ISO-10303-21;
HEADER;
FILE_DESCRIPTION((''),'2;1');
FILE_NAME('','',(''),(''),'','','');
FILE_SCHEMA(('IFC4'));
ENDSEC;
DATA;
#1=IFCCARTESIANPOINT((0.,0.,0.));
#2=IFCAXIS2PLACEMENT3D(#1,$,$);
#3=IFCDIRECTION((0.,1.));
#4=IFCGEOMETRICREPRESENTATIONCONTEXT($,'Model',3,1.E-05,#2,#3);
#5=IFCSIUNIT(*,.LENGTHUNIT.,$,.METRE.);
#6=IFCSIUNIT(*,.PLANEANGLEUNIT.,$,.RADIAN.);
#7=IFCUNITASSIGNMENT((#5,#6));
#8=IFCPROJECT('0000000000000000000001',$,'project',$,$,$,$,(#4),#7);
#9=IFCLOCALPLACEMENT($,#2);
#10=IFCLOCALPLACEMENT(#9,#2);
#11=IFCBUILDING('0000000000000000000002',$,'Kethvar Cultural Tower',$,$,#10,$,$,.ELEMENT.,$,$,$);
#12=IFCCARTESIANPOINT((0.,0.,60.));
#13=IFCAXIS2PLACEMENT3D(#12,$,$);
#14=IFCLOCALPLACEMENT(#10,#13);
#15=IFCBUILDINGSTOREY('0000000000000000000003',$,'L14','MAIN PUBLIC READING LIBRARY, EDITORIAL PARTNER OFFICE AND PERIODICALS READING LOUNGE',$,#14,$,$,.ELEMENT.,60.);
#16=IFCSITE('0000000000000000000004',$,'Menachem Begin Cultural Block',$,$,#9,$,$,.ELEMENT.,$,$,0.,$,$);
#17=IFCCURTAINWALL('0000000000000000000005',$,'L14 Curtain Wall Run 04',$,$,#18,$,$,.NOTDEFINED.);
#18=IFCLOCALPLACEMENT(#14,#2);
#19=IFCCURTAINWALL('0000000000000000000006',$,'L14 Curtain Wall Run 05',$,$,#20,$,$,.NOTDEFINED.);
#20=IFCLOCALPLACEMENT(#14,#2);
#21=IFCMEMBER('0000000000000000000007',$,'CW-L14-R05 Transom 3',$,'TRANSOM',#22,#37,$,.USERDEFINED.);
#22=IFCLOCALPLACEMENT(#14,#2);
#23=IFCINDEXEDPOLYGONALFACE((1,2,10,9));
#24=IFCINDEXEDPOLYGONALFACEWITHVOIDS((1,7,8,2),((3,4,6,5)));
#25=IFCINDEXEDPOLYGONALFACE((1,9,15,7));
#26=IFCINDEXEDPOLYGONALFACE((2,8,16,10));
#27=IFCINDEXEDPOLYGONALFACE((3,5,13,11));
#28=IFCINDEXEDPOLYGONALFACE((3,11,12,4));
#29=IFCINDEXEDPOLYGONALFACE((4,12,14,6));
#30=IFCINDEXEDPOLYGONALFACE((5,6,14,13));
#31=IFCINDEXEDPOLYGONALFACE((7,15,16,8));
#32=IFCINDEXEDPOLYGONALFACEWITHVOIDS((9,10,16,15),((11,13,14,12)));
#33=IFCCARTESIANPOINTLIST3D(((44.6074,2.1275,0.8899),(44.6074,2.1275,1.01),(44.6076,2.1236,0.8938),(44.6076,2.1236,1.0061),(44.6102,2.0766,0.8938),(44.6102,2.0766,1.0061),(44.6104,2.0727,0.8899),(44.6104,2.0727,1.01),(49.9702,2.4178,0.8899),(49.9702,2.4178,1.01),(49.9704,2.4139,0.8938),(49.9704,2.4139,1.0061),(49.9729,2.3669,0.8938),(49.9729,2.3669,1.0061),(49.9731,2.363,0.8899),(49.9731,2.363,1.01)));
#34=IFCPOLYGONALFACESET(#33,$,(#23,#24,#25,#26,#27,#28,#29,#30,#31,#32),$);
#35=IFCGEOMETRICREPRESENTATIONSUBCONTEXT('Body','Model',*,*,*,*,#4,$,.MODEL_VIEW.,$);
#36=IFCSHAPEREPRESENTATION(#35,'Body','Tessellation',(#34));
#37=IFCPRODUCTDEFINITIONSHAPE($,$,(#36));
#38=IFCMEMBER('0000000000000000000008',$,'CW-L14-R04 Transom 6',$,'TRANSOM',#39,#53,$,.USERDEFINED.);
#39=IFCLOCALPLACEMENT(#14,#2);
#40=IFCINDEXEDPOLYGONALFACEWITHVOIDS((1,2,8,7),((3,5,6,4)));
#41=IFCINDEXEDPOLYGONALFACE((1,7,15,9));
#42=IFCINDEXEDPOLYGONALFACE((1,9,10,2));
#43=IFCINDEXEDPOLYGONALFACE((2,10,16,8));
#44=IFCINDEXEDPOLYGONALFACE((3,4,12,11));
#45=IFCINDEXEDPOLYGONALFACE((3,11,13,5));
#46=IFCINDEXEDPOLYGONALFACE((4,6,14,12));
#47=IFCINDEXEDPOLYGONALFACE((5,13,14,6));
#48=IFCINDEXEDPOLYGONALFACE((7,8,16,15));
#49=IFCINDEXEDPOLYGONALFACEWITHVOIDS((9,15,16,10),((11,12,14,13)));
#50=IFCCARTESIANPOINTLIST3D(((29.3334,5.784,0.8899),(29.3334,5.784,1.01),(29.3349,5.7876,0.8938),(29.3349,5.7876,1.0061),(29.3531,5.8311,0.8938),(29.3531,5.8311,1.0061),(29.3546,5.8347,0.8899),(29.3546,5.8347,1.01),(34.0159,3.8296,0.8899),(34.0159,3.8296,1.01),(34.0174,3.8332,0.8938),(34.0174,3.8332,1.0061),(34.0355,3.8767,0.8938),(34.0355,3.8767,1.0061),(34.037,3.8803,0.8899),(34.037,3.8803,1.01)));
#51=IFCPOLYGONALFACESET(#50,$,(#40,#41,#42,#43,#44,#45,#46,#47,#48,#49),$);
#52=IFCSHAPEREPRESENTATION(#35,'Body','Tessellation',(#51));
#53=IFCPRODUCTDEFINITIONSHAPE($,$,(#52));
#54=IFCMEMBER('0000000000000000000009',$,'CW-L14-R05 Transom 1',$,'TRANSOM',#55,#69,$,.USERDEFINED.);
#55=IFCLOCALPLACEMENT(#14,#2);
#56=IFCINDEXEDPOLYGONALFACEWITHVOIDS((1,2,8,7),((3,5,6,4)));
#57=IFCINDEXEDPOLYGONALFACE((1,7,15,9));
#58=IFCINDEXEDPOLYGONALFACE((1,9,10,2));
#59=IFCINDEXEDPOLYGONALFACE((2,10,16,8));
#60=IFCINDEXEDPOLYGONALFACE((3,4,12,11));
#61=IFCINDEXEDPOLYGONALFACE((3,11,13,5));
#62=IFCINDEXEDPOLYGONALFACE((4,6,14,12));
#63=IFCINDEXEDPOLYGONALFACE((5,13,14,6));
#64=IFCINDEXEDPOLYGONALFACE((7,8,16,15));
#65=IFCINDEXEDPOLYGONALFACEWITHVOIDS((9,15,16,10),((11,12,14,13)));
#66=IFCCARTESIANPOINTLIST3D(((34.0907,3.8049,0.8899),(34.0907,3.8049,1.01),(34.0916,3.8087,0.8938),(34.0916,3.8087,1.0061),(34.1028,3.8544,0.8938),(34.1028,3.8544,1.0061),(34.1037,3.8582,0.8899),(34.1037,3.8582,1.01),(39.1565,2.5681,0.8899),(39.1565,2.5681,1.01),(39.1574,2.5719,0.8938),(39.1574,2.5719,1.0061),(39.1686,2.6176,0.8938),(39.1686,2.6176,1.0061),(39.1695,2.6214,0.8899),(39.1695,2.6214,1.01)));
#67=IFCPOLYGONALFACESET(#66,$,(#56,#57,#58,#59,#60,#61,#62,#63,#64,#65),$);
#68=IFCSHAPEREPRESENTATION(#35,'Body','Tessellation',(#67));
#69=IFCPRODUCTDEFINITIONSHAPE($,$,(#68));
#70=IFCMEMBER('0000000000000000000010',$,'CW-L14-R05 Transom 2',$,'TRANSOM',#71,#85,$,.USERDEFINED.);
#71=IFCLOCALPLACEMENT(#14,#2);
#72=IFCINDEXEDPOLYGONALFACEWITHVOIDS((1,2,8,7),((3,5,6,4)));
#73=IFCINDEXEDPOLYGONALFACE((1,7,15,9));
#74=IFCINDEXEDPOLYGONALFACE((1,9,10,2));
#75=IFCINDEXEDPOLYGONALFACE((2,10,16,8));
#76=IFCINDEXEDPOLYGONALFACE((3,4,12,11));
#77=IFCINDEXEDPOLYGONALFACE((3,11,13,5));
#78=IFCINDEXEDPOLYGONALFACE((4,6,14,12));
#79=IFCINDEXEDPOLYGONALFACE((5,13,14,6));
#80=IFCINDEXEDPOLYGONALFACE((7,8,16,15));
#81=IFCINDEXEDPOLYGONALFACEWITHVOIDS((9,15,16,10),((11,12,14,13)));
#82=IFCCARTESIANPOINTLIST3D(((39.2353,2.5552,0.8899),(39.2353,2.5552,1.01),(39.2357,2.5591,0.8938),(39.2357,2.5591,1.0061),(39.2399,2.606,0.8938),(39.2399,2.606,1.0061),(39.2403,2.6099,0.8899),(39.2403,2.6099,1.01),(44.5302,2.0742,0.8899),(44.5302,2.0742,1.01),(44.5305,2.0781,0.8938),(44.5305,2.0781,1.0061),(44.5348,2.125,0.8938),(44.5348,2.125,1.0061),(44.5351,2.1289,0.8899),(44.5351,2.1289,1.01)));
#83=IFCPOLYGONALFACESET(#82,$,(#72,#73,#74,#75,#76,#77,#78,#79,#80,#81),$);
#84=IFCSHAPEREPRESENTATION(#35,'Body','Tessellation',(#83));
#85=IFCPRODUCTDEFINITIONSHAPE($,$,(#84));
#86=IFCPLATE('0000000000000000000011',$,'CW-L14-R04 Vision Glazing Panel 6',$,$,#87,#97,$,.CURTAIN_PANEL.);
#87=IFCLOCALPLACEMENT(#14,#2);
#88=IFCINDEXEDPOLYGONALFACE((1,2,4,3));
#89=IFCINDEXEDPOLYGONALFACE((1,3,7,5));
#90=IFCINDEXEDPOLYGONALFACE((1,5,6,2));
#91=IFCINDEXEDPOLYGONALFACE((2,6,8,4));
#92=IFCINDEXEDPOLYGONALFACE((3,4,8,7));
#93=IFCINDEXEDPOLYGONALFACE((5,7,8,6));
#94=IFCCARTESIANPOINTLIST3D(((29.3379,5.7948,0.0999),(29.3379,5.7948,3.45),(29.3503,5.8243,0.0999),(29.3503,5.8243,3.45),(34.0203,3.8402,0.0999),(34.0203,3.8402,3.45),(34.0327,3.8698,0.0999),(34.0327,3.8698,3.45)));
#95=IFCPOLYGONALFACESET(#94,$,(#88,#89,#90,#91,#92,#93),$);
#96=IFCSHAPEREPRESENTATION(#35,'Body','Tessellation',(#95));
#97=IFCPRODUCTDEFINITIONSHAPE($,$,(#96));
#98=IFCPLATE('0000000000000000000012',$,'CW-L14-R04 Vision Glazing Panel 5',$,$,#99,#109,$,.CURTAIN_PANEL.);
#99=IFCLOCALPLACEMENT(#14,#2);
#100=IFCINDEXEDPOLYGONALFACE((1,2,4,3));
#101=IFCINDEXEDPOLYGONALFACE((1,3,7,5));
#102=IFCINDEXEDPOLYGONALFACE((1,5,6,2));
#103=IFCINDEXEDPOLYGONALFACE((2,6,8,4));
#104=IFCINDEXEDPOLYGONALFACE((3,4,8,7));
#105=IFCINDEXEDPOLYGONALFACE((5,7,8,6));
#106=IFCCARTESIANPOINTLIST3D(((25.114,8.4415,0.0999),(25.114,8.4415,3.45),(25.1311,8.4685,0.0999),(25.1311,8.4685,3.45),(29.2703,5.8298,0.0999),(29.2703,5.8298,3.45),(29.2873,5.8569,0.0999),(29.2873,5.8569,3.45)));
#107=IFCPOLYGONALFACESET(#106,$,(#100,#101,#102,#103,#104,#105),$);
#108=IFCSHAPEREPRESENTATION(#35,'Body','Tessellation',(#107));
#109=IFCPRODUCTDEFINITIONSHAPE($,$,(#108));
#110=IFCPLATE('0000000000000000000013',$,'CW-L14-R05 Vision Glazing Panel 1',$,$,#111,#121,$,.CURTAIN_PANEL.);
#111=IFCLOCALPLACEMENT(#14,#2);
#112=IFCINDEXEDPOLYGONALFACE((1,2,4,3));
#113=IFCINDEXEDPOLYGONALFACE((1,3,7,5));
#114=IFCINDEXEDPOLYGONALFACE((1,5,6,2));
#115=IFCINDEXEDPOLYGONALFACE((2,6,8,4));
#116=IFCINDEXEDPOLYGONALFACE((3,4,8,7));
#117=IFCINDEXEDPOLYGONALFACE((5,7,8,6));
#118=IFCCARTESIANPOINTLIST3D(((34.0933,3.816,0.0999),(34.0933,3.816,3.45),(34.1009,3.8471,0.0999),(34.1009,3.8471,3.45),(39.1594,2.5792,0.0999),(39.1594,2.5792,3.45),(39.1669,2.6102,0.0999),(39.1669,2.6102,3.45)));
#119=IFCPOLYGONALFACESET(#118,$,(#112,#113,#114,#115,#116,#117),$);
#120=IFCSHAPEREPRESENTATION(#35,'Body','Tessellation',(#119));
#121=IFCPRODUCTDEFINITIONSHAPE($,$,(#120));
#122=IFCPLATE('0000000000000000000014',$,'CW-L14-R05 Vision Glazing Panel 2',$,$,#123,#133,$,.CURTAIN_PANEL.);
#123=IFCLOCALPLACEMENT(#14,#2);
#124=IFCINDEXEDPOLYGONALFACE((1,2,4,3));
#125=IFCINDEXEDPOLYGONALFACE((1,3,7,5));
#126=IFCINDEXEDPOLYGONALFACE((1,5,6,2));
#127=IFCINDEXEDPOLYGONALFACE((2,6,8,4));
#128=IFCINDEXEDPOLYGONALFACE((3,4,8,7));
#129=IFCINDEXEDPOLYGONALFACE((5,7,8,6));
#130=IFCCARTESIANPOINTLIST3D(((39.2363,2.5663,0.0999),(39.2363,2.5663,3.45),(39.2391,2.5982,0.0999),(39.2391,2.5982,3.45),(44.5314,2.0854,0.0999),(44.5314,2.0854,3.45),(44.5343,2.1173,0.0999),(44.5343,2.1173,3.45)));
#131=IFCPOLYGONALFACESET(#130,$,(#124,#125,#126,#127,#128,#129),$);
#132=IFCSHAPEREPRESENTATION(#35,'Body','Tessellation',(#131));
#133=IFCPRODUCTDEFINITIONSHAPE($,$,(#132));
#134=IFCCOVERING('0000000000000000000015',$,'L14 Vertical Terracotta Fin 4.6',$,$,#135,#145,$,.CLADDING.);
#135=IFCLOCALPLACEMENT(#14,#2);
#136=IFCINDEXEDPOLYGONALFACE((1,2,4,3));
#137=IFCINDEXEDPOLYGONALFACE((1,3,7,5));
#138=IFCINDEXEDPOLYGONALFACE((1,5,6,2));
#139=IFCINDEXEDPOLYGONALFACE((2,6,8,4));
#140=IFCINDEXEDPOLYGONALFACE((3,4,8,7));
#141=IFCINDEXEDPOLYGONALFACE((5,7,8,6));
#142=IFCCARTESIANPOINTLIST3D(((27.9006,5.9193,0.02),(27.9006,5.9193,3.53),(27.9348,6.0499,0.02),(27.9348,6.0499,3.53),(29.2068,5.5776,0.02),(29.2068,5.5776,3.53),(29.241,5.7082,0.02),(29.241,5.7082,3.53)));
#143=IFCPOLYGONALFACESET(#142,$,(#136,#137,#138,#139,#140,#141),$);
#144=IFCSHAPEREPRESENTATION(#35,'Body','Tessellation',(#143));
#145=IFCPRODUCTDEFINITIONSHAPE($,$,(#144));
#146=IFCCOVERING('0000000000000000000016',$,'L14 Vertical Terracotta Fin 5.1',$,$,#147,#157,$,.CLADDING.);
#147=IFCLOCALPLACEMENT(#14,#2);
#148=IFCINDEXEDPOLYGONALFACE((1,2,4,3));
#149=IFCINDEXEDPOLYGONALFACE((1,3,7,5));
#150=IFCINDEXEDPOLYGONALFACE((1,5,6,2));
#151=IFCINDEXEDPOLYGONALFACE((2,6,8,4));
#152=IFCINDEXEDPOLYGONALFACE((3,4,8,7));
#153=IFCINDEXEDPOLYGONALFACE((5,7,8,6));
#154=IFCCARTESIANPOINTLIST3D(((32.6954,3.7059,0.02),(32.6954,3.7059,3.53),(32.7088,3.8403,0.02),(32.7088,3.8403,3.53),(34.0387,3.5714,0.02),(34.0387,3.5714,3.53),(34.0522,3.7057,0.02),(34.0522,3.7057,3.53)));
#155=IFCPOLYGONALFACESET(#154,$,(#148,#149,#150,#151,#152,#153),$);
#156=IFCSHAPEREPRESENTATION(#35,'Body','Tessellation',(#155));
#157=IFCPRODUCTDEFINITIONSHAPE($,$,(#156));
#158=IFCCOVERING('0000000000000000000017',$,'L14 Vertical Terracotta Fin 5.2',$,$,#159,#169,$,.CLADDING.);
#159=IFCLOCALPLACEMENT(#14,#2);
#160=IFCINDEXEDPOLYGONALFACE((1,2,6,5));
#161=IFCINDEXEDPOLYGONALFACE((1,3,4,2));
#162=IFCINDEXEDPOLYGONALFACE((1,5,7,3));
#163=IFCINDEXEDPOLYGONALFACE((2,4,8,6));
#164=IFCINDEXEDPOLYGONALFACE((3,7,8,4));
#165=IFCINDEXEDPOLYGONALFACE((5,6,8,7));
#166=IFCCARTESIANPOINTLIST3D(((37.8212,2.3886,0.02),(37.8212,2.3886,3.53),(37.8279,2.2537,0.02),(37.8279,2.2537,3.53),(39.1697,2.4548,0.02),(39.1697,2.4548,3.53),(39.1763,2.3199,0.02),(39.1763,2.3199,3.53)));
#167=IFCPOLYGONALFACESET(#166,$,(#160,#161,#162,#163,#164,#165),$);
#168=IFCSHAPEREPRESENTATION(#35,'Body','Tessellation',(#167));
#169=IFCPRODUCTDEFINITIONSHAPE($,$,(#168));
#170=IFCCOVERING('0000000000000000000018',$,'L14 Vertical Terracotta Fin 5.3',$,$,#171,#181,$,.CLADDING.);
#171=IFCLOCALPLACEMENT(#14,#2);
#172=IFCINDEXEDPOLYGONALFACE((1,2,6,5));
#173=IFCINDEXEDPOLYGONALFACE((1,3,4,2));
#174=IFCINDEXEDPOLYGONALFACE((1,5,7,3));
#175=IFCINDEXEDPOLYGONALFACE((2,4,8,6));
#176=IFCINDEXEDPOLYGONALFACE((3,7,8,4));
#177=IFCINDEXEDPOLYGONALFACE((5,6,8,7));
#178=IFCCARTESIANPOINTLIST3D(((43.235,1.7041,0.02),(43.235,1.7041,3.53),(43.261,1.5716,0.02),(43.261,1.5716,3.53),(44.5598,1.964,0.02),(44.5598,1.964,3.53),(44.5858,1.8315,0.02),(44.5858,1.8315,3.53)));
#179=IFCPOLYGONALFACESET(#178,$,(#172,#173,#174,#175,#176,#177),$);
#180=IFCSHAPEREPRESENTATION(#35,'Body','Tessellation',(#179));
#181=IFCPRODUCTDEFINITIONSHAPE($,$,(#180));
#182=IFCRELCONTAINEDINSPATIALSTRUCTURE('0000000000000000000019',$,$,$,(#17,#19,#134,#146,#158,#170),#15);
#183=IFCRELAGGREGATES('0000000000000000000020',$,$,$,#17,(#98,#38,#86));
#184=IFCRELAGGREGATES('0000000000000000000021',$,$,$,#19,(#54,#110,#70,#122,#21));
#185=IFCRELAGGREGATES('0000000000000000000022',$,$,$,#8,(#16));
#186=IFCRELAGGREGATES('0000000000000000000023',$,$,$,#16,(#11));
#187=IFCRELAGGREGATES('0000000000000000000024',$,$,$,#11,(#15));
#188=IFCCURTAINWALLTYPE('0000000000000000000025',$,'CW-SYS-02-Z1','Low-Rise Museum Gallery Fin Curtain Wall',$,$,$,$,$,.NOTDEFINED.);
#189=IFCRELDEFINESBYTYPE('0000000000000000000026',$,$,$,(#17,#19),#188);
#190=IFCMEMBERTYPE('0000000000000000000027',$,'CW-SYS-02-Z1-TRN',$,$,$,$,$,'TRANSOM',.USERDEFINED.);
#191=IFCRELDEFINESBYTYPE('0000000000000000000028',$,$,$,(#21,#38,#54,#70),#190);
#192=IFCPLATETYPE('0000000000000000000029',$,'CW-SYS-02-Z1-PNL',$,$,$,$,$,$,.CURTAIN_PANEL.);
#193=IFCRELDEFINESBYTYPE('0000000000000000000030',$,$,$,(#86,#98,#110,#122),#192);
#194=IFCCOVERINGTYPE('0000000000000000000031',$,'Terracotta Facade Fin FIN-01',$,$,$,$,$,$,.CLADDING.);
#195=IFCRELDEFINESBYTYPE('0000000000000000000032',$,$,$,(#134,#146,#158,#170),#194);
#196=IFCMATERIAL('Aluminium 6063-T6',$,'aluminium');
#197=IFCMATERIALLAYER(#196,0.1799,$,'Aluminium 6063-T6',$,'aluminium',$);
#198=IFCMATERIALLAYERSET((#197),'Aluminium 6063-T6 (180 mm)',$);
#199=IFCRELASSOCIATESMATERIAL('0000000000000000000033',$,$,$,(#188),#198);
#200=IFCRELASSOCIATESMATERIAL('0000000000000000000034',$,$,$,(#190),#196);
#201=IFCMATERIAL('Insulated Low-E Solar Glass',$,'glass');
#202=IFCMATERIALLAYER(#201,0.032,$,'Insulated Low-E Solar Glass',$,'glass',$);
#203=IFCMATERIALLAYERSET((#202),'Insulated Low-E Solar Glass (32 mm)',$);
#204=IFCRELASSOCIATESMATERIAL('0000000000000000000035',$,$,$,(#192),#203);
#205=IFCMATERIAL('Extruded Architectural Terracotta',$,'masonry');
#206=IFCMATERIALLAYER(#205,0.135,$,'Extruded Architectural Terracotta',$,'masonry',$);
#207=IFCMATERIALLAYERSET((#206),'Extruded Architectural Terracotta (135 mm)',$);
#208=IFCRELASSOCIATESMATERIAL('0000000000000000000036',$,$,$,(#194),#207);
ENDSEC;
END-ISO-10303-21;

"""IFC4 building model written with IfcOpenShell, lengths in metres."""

from ifc_helpers import new_model, si_unit, direction, frame, origin, origin_2d, place, context, subcontext, project, spatial, rectangle, hollow_rectangle, extrude, source, transform, mapped, material, layer, layer_set, material_profile, profile_set, type_object, element, aggregate, save


model = new_model("IFC4")

# Units and contexts
model_context = context("Model", 3, precision=1e-05, world=origin(), true_north=direction((0.0, 1.0)))
body_context = subcontext(model_context, "Body", "Model", "MODEL_VIEW")
ifc_project = project(units=[si_unit("LENGTHUNIT", "METRE"), si_unit("PLANEANGLEUNIT", "RADIAN")], contexts=[model_context])

# Site, building, storey
site_placement = place(None, origin())
site = spatial("IfcSite", under=ifc_project, at=site_placement, Name="Menachem Begin Cultural Block", CompositionType="ELEMENT", RefElevation=0.0)
building_placement = place(site_placement, origin())
building = spatial("IfcBuilding", under=site, at=building_placement, Name="Kethvar Cultural Tower", CompositionType="ELEMENT")
storey_placement = place(building_placement, frame((0.0, 0.0, 60.0)))
storey = spatial("IfcBuildingStorey", under=building, at=storey_placement, Name="L14", Description="MAIN PUBLIC READING LIBRARY, EDITORIAL PARTNER OFFICE AND PERIODICALS READING LOUNGE", CompositionType="ELEMENT", Elevation=60.0)

# Curtain walls, member
ifc_material_1 = material(Name="Aluminium 6063-T6", Category="aluminium")
ifc_layer_1 = layer(ifc_material_1, 0.1799, Name="Aluminium 6063-T6", Category="aluminium")
ifc_layer_set_1 = layer_set([ifc_layer_1], Name="Aluminium 6063-T6 (180 mm)")
curtain_wall_type = type_object("IfcCurtainWallType", Name="CW-SYS-02-Z1", Description="Low-Rise Museum Gallery Fin Curtain Wall", PredefinedType="NOTDEFINED", material=ifc_layer_set_1)
curtain_wall_1_placement = place(storey_placement, origin())
curtain_wall_1 = element("IfcCurtainWall", 1, at=curtain_wall_1_placement, inside=storey, type_object=curtain_wall_type, Name="L14 Curtain Wall Run 04", PredefinedType="NOTDEFINED")
curtain_wall_2_placement = place(storey_placement, origin())
curtain_wall_2 = element("IfcCurtainWall", 2, at=curtain_wall_2_placement, inside=storey, type_object=curtain_wall_type, Name="L14 Curtain Wall Run 05", PredefinedType="NOTDEFINED")
ifc_material_profile_1 = material_profile(ifc_material_1, hollow_rectangle(XDim=0.0549, YDim=0.1201, WallThickness=0.0039, at=origin_2d()), Name="Aluminium 6063-T6 — RHS120x55x4")
ifc_profile_set_1 = profile_set([ifc_material_profile_1], Name="Aluminium 6063-T6 — RHS120x55x4")
member_type_1 = type_object("IfcMemberType", Name="CW-SYS-02-Z1-TRN", ElementType="TRANSOM", PredefinedType="USERDEFINED", material=ifc_profile_set_1)
shared_shape_1 = source(origin(), body_context, "Body", "SweptSolid", [
    extrude(hollow_rectangle(XDim=0.0549, YDim=0.1201, WallThickness=0.0039, at=origin_2d()), origin(), (0.0, 0.0, 1.0), 5.3706),
])
member_1_placement = place(storey_placement, frame((44.6089, 2.1001, 0.95), z_axis=(0.998538, 0.05405, 0.0), x_axis=(-0.05405, 0.998538, 0.0)))
member_1 = element("IfcMember", 3, at=member_1_placement, type_object=member_type_1, Name="CW-L14-R05 Transom 3", ObjectType="TRANSOM", PredefinedType="USERDEFINED", context=body_context, shape_type="MappedRepresentation", body=[
    mapped(shared_shape_1, transform((0.0, 0.0, 0.0), scale=1.0)),
])

# Members
shared_shape_2 = source(origin(), body_context, "Body", "SweptSolid", [
    extrude(hollow_rectangle(XDim=0.0549, YDim=0.1201, WallThickness=0.0039, at=origin_2d()), origin(), (0.0, 0.0, 1.0), 5.074),
])
member_2_placement = place(storey_placement, frame((29.344, 5.8093, 0.95), z_axis=(0.922842, -0.385179, 0.0), x_axis=(0.385179, 0.922842, 0.0)))
member_2 = element("IfcMember", 4, at=member_2_placement, type_object=member_type_1, Name="CW-L14-R04 Transom 6", ObjectType="TRANSOM", PredefinedType="USERDEFINED", context=body_context, shape_type="MappedRepresentation", body=[
    mapped(shared_shape_2, transform((0.0, 0.0, 0.0), scale=1.0)),
])
shared_shape_3 = source(origin(), body_context, "Body", "SweptSolid", [
    extrude(hollow_rectangle(XDim=0.0549, YDim=0.1201, WallThickness=0.0039, at=origin_2d()), origin(), (0.0, 0.0, 1.0), 5.2146),
])
member_3_placement = place(storey_placement, frame((34.0972, 3.8315, 0.95), z_axis=(0.971466, -0.237178, 0.0), x_axis=(0.237178, 0.971466, 0.0)))
member_3 = element("IfcMember", 5, at=member_3_placement, type_object=member_type_1, Name="CW-L14-R05 Transom 1", ObjectType="TRANSOM", PredefinedType="USERDEFINED", context=body_context, shape_type="MappedRepresentation", body=[
    mapped(shared_shape_3, transform((0.0, 0.0, 0.0), scale=1.0)),
])
shared_shape_4 = source(origin(), body_context, "Body", "SweptSolid", [
    extrude(hollow_rectangle(XDim=0.0549, YDim=0.1201, WallThickness=0.0039, at=origin_2d()), origin(), (0.0, 0.0, 1.0), 5.3167),
])
member_4_placement = place(storey_placement, frame((39.2378, 2.5825, 0.95), z_axis=(0.9959, -0.090461, 0.0), x_axis=(0.090461, 0.9959, 0.0)))
member_4 = element("IfcMember", 6, at=member_4_placement, type_object=member_type_1, Name="CW-L14-R05 Transom 2", ObjectType="TRANSOM", PredefinedType="USERDEFINED", context=body_context, shape_type="MappedRepresentation", body=[
    mapped(shared_shape_4, transform((0.0, 0.0, 0.0), scale=1.0)),
])

# Plates
ifc_material_2 = material(Name="Insulated Low-E Solar Glass", Category="glass")
ifc_layer_2 = layer(ifc_material_2, 0.032, Name="Insulated Low-E Solar Glass", Category="glass")
ifc_layer_set_2 = layer_set([ifc_layer_2], Name="Insulated Low-E Solar Glass (32 mm)")
plate_type = type_object("IfcPlateType", Name="CW-SYS-02-Z1-PNL", PredefinedType="CURTAIN_PANEL", material=ifc_layer_set_2)
shared_shape_5 = source(origin(), body_context, "Body", "SweptSolid", [
    extrude(rectangle(XDim=5.074, YDim=0.032, at=origin_2d()), origin(), (0.0, 0.0, 1.0), 3.3501),
])
plate_1_placement = place(storey_placement, frame((31.6853, 4.8323, 0.0999), z_axis=(0.0, 0.0, 1.0), x_axis=(0.922827, -0.385214, 0.0)))
plate_1 = element("IfcPlate", 7, at=plate_1_placement, type_object=plate_type, Name="CW-L14-R04 Vision Glazing Panel 6", PredefinedType="CURTAIN_PANEL", context=body_context, shape_type="MappedRepresentation", body=[
    mapped(shared_shape_5, transform((0.0, 0.0, 0.0), scale=1.0)),
])
shared_shape_6 = source(origin(), body_context, "Body", "SweptSolid", [
    extrude(rectangle(XDim=4.9087, YDim=0.032, at=origin_2d()), origin(), (0.0, 0.0, 1.0), 3.3501),
])
plate_2_placement = place(storey_placement, frame((27.2007, 7.1492, 0.0999), z_axis=(0.0, 0.0, 1.0), x_axis=(0.846714, -0.532049, 0.0)))
plate_2 = element("IfcPlate", 8, at=plate_2_placement, type_object=plate_type, Name="CW-L14-R04 Vision Glazing Panel 5", PredefinedType="CURTAIN_PANEL", context=body_context, shape_type="MappedRepresentation", body=[
    mapped(shared_shape_6, transform((0.0, 0.0, 0.0), scale=1.0)),
])
aggregate(curtain_wall_1, [plate_2, member_2, plate_1])
shared_shape_7 = source(origin(), body_context, "Body", "SweptSolid", [
    extrude(rectangle(XDim=5.2148, YDim=0.032, at=origin_2d()), origin(), (0.0, 0.0, 1.0), 3.3501),
])
plate_3_placement = place(storey_placement, frame((36.6301, 3.2131, 0.0999), z_axis=(0.0, 0.0, 1.0), x_axis=(0.971466, -0.237177, 0.0)))
plate_3 = element("IfcPlate", 9, at=plate_3_placement, type_object=plate_type, Name="CW-L14-R05 Vision Glazing Panel 1", PredefinedType="CURTAIN_PANEL", context=body_context, shape_type="MappedRepresentation", body=[
    mapped(shared_shape_7, transform((0.0, 0.0, 0.0), scale=1.0)),
])
shared_shape_8 = source(origin(), body_context, "Body", "SweptSolid", [
    extrude(rectangle(XDim=5.3169, YDim=0.032, at=origin_2d()), origin(), (0.0, 0.0, 1.0), 3.3501),
])
plate_4_placement = place(storey_placement, frame((41.8853, 2.3418, 0.0999), z_axis=(0.0, 0.0, 1.0), x_axis=(0.995902, -0.090441, 0.0)))
plate_4 = element("IfcPlate", 10, at=plate_4_placement, type_object=plate_type, Name="CW-L14-R05 Vision Glazing Panel 2", PredefinedType="CURTAIN_PANEL", context=body_context, shape_type="MappedRepresentation", body=[
    mapped(shared_shape_8, transform((0.0, 0.0, 0.0), scale=1.0)),
])
aggregate(curtain_wall_2, [member_3, plate_3, member_4, plate_4, member_1])

# Coverings
ifc_material_3 = material(Name="Extruded Architectural Terracotta", Category="masonry")
ifc_layer_3 = layer(ifc_material_3, 0.135, Name="Extruded Architectural Terracotta", Category="masonry")
ifc_layer_set_3 = layer_set([ifc_layer_3], Name="Extruded Architectural Terracotta (135 mm)")
covering_type = type_object("IfcCoveringType", Name="Terracotta Facade Fin FIN-01", PredefinedType="CLADDING", material=ifc_layer_set_3)
shared_shape_9 = source(origin(), body_context, "Body", "SweptSolid", [
    extrude(rectangle(XDim=1.3501, YDim=0.135, at=origin_2d()), origin(), (0.0, 0.0, 1.0), 3.51),
])
for number, where, z_axis, x_axis, name in (
    (11, (28.5708, 5.8137, 0.02), (0.0, 0.0, 1.0), (-0.967445, 0.253083, 0.0), "L14 Vertical Terracotta Fin 4.6"),
    (12, (33.3738, 3.7058, 0.02), (0.0, 0.0, 1.0), (-0.995021, 0.099667, 0.0), "L14 Vertical Terracotta Fin 5.1"),
    (13, (38.4988, 2.3542, 0.02), (0.0, 0.0, 1.0), (-0.998798, -0.049024, 0.0), "L14 Vertical Terracotta Fin 5.2"),
    (14, (43.9104, 1.7678, 0.02), (0.0, 0.0, 1.0), (-0.981293, -0.192522, 0.0), "L14 Vertical Terracotta Fin 5.3"),
):
    element("IfcCovering", number, at=place(storey_placement, frame(where, z_axis=z_axis, x_axis=x_axis)), inside=storey, type_object=covering_type, Name=name, PredefinedType="CLADDING", context=body_context, shape_type="MappedRepresentation", body=[
        mapped(shared_shape_9, transform((0.0, 0.0, 0.0), scale=1.0)),
    ])

save(model, "model.ifc")
